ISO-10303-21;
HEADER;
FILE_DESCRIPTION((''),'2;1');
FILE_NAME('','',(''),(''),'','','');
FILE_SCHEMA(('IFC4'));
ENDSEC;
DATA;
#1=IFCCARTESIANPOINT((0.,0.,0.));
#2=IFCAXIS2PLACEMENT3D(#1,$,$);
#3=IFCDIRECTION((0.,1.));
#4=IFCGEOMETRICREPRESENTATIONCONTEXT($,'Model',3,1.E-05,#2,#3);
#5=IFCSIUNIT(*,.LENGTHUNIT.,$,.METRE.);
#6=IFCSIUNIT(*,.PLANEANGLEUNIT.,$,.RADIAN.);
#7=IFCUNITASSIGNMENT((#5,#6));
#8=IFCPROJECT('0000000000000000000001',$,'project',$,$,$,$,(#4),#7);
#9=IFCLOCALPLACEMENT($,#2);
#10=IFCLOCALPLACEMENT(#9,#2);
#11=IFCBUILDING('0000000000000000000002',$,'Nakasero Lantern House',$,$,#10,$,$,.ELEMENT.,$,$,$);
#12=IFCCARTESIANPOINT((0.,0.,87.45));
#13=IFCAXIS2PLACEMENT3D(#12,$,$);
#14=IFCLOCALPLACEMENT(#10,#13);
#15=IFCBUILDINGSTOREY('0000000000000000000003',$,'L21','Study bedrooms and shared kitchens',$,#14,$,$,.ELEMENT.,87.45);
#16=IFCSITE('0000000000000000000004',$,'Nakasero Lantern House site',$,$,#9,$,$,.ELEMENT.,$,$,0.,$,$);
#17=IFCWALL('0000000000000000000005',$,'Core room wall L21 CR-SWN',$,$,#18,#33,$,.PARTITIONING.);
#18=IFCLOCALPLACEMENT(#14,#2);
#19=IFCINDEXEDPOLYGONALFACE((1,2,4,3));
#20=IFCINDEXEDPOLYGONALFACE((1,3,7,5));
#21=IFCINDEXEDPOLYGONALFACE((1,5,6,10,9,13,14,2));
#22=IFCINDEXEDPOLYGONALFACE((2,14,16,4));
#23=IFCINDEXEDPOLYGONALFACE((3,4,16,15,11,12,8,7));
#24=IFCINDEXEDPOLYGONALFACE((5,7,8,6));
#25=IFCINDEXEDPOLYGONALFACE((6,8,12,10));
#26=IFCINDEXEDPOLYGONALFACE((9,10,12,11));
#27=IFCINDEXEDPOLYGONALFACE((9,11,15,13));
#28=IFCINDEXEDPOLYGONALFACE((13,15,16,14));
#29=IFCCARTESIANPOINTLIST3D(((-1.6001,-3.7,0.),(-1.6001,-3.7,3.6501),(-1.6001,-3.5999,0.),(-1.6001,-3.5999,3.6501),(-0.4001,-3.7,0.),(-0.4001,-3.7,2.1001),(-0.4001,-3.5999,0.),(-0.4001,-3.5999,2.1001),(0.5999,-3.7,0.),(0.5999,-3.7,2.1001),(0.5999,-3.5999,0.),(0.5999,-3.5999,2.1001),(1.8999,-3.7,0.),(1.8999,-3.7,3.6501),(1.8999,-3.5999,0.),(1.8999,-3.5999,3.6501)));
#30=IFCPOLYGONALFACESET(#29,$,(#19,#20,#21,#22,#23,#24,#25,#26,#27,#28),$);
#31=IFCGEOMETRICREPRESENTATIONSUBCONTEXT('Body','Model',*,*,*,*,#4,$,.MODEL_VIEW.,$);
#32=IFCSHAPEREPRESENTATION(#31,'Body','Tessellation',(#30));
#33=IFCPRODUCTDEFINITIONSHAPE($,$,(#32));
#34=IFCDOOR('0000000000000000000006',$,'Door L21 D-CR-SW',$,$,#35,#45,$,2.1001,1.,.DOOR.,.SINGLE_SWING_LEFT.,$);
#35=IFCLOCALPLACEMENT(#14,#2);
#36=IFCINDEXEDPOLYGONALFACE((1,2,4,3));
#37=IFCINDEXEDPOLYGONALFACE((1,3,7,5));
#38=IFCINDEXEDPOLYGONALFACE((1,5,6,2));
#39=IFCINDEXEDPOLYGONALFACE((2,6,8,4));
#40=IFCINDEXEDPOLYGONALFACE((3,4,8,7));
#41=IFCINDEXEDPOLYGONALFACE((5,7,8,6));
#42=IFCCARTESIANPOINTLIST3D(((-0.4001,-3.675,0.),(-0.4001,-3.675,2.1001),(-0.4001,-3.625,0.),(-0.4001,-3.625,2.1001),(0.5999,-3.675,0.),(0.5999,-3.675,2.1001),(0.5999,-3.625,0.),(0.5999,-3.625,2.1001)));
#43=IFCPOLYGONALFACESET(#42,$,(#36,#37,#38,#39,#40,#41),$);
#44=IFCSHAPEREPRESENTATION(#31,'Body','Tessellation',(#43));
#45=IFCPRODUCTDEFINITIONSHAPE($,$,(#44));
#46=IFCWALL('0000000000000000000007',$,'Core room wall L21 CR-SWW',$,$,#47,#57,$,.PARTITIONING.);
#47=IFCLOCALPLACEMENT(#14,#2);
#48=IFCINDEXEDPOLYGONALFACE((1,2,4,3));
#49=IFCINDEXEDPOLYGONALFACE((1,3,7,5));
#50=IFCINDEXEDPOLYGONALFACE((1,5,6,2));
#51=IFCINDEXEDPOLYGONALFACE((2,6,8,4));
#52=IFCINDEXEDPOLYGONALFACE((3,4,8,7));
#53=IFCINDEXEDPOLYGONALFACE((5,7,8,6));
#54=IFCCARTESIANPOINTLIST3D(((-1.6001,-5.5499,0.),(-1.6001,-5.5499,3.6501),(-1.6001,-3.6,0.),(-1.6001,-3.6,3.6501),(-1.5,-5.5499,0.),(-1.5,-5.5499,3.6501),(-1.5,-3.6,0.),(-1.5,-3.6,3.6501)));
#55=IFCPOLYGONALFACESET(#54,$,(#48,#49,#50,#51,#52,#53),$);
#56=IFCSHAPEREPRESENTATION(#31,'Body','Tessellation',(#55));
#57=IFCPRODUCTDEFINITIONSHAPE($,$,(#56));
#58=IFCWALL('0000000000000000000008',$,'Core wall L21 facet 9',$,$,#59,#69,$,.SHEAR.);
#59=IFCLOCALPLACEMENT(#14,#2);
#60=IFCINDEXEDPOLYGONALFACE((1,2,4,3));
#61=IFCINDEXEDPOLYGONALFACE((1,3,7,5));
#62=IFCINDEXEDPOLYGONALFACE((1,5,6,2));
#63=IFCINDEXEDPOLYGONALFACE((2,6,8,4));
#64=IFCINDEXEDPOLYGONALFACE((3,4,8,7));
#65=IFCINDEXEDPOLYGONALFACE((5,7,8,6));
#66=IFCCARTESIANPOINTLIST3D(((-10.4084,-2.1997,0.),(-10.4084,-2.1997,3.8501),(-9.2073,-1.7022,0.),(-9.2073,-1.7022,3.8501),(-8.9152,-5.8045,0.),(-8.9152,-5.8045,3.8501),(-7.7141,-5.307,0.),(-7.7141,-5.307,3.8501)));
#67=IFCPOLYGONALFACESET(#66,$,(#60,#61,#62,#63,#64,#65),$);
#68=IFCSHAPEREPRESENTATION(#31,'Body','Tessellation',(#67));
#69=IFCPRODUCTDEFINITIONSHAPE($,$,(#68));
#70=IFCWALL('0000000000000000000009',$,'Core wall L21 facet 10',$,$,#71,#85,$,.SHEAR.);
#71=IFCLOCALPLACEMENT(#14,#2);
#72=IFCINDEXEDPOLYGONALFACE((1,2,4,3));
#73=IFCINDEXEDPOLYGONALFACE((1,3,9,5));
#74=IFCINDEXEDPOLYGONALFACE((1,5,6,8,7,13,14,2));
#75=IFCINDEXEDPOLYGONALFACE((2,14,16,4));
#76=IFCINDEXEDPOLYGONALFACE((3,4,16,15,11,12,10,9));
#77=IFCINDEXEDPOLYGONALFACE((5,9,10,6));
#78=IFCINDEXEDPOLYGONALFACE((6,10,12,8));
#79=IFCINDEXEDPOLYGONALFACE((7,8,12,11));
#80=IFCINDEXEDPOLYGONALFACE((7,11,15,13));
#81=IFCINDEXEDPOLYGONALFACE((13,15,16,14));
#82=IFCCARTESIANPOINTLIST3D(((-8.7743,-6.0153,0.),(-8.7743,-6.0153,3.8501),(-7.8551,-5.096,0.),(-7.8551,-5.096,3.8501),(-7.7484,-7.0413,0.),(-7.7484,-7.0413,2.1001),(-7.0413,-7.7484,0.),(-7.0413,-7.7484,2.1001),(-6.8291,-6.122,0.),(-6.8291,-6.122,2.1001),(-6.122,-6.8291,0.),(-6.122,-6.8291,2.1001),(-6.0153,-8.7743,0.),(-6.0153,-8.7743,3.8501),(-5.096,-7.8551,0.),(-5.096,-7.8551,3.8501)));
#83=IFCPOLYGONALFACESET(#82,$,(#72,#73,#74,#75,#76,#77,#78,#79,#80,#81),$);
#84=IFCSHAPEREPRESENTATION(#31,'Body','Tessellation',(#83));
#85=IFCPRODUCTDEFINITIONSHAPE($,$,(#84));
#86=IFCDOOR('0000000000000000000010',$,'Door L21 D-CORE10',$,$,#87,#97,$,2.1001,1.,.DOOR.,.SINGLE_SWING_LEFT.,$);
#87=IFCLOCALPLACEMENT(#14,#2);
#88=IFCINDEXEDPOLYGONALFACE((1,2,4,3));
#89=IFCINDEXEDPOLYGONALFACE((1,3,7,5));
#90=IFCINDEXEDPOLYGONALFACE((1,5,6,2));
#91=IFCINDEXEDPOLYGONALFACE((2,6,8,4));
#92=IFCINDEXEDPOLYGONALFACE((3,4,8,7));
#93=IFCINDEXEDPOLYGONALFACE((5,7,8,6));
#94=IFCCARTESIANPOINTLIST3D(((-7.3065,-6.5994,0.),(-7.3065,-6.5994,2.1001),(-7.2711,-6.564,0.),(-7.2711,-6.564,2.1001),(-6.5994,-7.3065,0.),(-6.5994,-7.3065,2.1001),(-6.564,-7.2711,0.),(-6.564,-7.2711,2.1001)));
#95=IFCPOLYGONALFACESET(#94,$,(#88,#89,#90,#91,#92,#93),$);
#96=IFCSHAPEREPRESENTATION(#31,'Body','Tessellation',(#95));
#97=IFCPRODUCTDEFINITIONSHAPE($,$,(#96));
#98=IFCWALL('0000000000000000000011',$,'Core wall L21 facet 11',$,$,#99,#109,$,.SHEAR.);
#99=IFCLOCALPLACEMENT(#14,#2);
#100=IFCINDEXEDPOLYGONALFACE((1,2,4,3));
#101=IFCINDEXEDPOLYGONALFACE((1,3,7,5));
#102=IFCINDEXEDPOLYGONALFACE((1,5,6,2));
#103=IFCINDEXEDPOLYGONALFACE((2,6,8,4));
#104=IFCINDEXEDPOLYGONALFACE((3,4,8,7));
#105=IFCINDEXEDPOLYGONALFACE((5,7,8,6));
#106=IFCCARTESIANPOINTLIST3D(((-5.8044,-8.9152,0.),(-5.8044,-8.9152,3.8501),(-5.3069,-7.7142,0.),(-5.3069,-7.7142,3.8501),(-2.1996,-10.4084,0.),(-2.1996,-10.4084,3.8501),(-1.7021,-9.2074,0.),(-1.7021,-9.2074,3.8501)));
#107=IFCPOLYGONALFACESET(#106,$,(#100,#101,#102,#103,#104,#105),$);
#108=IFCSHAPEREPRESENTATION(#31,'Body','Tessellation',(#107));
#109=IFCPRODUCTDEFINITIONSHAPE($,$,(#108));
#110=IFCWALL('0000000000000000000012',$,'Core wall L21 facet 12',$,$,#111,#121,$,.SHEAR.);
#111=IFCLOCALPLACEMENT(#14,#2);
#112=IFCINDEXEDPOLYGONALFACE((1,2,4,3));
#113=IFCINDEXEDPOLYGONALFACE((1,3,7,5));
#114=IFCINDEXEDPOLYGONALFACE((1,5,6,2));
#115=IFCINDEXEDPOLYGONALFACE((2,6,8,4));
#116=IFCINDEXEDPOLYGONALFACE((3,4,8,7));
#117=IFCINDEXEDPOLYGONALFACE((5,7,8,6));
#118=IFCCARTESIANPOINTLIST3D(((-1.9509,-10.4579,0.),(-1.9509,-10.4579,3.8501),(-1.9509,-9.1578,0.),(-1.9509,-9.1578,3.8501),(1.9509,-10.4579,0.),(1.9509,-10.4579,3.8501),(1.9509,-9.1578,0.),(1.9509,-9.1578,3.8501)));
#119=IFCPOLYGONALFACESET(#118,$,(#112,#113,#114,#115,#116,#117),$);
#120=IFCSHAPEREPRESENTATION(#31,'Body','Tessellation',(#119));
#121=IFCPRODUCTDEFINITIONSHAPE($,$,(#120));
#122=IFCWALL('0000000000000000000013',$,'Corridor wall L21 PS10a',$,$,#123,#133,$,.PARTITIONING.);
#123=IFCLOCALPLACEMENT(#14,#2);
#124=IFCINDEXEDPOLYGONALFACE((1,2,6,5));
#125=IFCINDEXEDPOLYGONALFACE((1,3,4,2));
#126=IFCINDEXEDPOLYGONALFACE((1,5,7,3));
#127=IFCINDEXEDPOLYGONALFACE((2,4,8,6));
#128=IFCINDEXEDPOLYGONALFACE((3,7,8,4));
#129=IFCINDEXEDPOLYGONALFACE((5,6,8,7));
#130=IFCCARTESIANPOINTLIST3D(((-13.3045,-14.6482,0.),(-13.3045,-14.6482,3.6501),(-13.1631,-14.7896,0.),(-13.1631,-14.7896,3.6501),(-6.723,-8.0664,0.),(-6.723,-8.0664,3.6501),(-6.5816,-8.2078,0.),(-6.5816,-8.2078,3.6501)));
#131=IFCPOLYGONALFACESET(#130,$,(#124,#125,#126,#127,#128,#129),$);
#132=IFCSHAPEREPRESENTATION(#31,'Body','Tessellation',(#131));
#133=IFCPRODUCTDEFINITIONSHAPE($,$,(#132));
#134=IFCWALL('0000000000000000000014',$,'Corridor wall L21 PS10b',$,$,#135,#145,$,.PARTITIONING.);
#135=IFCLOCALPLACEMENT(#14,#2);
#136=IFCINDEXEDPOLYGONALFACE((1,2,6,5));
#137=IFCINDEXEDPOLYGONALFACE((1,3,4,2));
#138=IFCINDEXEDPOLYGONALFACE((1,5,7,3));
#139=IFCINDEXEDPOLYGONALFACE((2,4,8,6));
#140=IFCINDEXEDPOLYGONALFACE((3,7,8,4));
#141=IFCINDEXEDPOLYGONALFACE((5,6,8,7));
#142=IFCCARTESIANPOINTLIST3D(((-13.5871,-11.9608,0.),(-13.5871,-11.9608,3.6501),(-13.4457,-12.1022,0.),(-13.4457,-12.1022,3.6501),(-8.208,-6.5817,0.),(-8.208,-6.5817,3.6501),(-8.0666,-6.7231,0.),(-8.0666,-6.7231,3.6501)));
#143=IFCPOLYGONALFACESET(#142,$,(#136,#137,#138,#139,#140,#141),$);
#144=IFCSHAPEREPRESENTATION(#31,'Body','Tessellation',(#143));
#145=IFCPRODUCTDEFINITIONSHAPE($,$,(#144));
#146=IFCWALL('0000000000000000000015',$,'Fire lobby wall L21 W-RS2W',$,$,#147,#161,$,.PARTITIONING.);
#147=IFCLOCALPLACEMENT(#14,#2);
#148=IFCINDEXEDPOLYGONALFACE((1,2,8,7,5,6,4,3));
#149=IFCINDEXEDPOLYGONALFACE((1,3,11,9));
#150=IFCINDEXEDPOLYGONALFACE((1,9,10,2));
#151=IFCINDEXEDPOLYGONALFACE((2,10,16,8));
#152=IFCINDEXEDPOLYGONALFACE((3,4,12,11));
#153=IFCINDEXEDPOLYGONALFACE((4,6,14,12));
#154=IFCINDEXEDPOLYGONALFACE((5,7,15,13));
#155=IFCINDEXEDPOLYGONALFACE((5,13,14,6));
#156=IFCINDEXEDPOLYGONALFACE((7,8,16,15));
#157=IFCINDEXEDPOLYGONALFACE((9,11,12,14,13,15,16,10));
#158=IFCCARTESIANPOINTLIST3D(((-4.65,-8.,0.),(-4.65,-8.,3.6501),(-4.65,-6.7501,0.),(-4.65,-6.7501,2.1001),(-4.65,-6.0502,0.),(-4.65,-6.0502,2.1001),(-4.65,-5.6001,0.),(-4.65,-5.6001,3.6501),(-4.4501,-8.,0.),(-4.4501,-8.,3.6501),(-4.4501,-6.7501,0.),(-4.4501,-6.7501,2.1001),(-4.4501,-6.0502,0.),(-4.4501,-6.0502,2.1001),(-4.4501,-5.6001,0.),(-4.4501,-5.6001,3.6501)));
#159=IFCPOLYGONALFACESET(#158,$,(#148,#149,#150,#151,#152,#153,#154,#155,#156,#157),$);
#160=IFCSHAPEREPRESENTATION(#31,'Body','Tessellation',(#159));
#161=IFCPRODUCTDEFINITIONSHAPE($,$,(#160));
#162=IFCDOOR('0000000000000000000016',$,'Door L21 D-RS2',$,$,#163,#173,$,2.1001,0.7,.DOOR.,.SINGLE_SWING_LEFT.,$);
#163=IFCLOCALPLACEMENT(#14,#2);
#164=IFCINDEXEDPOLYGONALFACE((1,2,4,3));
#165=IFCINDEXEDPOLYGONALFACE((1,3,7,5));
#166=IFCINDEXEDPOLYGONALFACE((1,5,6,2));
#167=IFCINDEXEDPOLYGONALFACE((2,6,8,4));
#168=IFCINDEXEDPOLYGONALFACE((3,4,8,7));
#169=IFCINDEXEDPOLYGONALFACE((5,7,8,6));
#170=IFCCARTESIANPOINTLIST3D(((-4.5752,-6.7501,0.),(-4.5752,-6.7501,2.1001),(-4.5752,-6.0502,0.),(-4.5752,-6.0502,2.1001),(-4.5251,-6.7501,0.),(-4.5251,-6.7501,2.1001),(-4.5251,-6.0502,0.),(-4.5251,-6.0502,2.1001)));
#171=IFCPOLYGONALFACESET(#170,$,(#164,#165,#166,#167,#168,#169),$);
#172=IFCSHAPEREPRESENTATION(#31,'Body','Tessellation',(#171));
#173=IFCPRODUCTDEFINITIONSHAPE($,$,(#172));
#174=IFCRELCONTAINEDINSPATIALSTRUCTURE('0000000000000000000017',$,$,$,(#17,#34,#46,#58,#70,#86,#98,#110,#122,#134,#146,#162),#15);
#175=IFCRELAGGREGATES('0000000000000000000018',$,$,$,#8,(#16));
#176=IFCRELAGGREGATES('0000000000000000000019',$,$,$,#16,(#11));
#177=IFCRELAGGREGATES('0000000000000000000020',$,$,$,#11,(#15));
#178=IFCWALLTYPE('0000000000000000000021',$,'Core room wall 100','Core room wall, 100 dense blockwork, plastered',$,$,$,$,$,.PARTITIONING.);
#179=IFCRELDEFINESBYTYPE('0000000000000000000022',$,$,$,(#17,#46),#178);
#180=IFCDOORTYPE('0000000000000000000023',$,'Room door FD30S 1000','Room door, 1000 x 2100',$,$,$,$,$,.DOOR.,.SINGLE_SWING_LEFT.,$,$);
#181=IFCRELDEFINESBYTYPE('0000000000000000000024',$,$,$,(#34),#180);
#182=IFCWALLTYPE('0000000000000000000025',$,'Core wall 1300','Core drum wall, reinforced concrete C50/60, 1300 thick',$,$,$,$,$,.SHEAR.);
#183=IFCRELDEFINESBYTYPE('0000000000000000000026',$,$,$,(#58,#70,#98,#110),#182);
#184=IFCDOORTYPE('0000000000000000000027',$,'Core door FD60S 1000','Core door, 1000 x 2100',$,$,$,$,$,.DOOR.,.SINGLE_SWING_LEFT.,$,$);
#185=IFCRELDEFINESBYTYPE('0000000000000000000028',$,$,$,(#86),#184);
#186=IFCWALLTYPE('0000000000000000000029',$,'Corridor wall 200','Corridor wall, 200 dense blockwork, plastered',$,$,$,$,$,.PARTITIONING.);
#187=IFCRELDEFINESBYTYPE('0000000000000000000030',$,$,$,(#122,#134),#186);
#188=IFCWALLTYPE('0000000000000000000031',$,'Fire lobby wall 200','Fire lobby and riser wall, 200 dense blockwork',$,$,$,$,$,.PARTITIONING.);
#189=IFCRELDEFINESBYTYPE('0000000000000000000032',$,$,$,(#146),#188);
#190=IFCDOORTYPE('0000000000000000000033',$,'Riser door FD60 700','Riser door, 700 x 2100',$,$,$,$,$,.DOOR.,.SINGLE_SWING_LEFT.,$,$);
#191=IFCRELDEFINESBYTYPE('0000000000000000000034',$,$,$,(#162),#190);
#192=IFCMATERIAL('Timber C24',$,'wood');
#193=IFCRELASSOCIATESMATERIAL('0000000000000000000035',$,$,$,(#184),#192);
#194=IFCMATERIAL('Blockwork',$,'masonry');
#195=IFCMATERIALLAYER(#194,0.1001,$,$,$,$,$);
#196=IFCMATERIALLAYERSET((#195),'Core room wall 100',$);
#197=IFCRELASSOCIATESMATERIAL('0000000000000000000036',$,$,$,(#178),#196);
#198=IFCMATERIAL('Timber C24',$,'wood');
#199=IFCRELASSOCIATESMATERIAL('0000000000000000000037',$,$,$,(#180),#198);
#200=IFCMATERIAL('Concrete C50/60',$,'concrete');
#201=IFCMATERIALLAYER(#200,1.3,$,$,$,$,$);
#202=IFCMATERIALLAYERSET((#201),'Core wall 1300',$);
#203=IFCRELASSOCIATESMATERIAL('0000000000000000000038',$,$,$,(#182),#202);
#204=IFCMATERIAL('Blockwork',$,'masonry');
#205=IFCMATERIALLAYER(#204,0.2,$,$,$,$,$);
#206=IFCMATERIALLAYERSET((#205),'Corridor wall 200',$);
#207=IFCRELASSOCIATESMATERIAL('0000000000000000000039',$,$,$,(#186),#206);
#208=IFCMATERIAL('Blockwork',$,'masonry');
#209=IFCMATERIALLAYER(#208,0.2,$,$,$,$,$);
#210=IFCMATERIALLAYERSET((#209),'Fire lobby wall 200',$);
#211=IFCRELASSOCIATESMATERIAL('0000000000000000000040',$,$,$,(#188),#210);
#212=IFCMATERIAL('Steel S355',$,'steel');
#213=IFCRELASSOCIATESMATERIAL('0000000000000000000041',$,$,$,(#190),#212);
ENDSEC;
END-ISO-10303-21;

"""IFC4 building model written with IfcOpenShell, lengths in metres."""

from ifc_helpers import new_model, si_unit, direction, frame, frame_2d, origin, place, context, subcontext, project, spatial, rectangle, extrude, material, layer, layer_set, type_object, element, fill, save


model = new_model("IFC4")

# Units and contexts
model_context = context("Model", 3, precision=1e-05, world=origin(), true_north=direction((0.0, 1.0)))
body_context = subcontext(model_context, "Body", "Model", "MODEL_VIEW")
ifc_project = project(units=[si_unit("LENGTHUNIT", "METRE"), si_unit("PLANEANGLEUNIT", "RADIAN")], contexts=[model_context])

# Site, building, storey
site_placement = place(None, origin())
site = spatial("IfcSite", under=ifc_project, at=site_placement, Name="Nakasero Lantern House site", CompositionType="ELEMENT", RefElevation=0.0)
building_placement = place(site_placement, origin())
building = spatial("IfcBuilding", under=site, at=building_placement, Name="Nakasero Lantern House", CompositionType="ELEMENT")
storey_placement = place(building_placement, frame((0.0, 0.0, 87.45)))
storey = spatial("IfcBuildingStorey", under=building, at=storey_placement, Name="L21", Description="Study bedrooms and shared kitchens", CompositionType="ELEMENT", Elevation=87.45)

# Shared definitions
ifc_material_1 = material(Name="Timber C24", Category="wood")
door_type_1 = type_object("IfcDoorType", Name="Core door FD60S 1000", Description="Core door, 1000 x 2100", OperationType="SINGLE_SWING_LEFT", PredefinedType="DOOR", material=ifc_material_1)

# Wall, opening, door
ifc_material_2 = material(Name="Blockwork", Category="masonry")
ifc_layer_1 = layer(ifc_material_2, 0.1001)
ifc_layer_set_1 = layer_set([ifc_layer_1], Name="Core room wall 100")
wall_type_1 = type_object("IfcWallType", Name="Core room wall 100", Description="Core room wall, 100 dense blockwork, plastered", PredefinedType="PARTITIONING", material=ifc_layer_set_1)
wall_1_placement = place(storey_placement, frame((-1.6001, -3.6499, 0.0), z_axis=(0.0, 0.0, 1.0), x_axis=(1.0, 0.0, 0.0)))
wall_1 = element("IfcWall", 1, at=wall_1_placement, inside=storey, type_object=wall_type_1, Name="Core room wall L21 CR-SWN", PredefinedType="PARTITIONING", context=body_context, shape_type="SweptSolid", body=[
    extrude(rectangle(XDim=3.5, YDim=0.1001, at=frame_2d((1.75, 0.0))), origin(), (0.0, 0.0, 1.0), 3.6501),
])
opening_1_placement = place(wall_1_placement, frame((1.2, 0.0, 0.0)))
opening_1 = element("IfcOpeningElement", 2, at=opening_1_placement, cuts=wall_1, PredefinedType="OPENING", context=body_context, shape_type="SweptSolid", body=[
    extrude(rectangle(XDim=1.0, YDim=2.1001, at=frame_2d((0.5, 1.05))), frame((0.0, 0.0701, 0.0), z_axis=(0.0, -1.0, 0.0), x_axis=(1.0, 0.0, 0.0)), (0.0, 0.0, 1.0), 0.1401),
])
ifc_material_3 = material(Name="Timber C24", Category="wood")
door_type_2 = type_object("IfcDoorType", Name="Room door FD30S 1000", Description="Room door, 1000 x 2100", OperationType="SINGLE_SWING_LEFT", PredefinedType="DOOR", material=ifc_material_3)
door_1_placement = place(opening_1_placement, origin())
door_1 = element("IfcDoor", 3, at=door_1_placement, inside=storey, type_object=door_type_2, Name="Door L21 D-CR-SW", OperationType="SINGLE_SWING_LEFT", OverallHeight=2.1001, OverallWidth=1.0, PredefinedType="DOOR", context=body_context, shape_type="SweptSolid", body=[
    extrude(rectangle(XDim=1.0, YDim=2.1001, at=frame_2d((0.5, 1.05))), frame((0.0, 0.0249, 0.0), z_axis=(0.0, -1.0, 0.0), x_axis=(1.0, 0.0, 0.0)), (0.0, 0.0, 1.0), 0.05),
])
fill(opening_1, door_1)

# Walls
wall_2_placement = place(storey_placement, frame((-1.55, -5.55, 0.0), z_axis=(0.0, 0.0, 1.0), x_axis=(0.0, 1.0, 0.0)))
element("IfcWall", 4, at=wall_2_placement, inside=storey, type_object=wall_type_1, Name="Core room wall L21 CR-SWW", PredefinedType="PARTITIONING", context=body_context, shape_type="SweptSolid", body=[
    extrude(rectangle(XDim=1.95, YDim=0.1001, at=frame_2d((0.9751, 0.0))), origin(), (0.0, 0.0, 1.0), 3.6501),
])
ifc_material_4 = material(Name="Concrete C50/60", Category="concrete")
ifc_layer_2 = layer(ifc_material_4, 1.3)
ifc_layer_set_2 = layer_set([ifc_layer_2], Name="Core wall 1300")
wall_type_2 = type_object("IfcWallType", Name="Core wall 1300", Description="Core drum wall, reinforced concrete C50/60, 1300 thick", PredefinedType="SHEAR", material=ifc_layer_set_2)
wall_3_placement = place(storey_placement, frame((-9.8079, -1.9509, 0.0), z_axis=(0.0, 0.0, 1.0), x_axis=(0.382691, -0.923877, 0.0)))
element("IfcWall", 5, at=wall_3_placement, inside=storey, type_object=wall_type_2, Name="Core wall L21 facet 9", PredefinedType="SHEAR", context=body_context, shape_type="SweptSolid", body=[
    extrude(rectangle(XDim=3.9019, YDim=1.3, at=frame_2d((1.9509, 0.0))), origin(), (0.0, 0.0, 1.0), 3.8501),
])

# Wall, opening, door
wall_4_placement = place(storey_placement, frame((-8.3147, -5.5557, 0.0), z_axis=(0.0, 0.0, 1.0), x_axis=(0.707107, -0.707107, 0.0)))
wall_4 = element("IfcWall", 6, at=wall_4_placement, inside=storey, type_object=wall_type_2, Name="Core wall L21 facet 10", PredefinedType="SHEAR", context=body_context, shape_type="SweptSolid", body=[
    extrude(rectangle(XDim=3.9019, YDim=1.3, at=frame_2d((1.9509, 0.0))), origin(), (0.0, 0.0, 1.0), 3.8501),
])
opening_2_placement = place(wall_4_placement, frame((1.4509, 0.0, 0.0)))
opening_2 = element("IfcOpeningElement", 7, at=opening_2_placement, cuts=wall_4, PredefinedType="OPENING", context=body_context, shape_type="SweptSolid", body=[
    extrude(rectangle(XDim=1.0, YDim=2.1001, at=frame_2d((0.5, 1.05))), frame((0.0, 0.6699, 0.0), z_axis=(0.0, -1.0, 0.0), x_axis=(1.0, 0.0, 0.0)), (0.0, 0.0, 1.0), 1.3401),
])
door_2_placement = place(opening_2_placement, origin())
door_2 = element("IfcDoor", 8, at=door_2_placement, inside=storey, type_object=door_type_1, Name="Door L21 D-CORE10", OperationType="SINGLE_SWING_LEFT", OverallHeight=2.1001, OverallWidth=1.0, PredefinedType="DOOR", context=body_context, shape_type="SweptSolid", body=[
    extrude(rectangle(XDim=1.0, YDim=2.1001, at=frame_2d((0.5, 1.05))), frame((0.0, 0.0249, 0.0), z_axis=(0.0, -1.0, 0.0), x_axis=(1.0, 0.0, 0.0)), (0.0, 0.0, 1.0), 0.05),
])
fill(opening_2, door_2)

# Walls
for number, where, z_axis, x_axis, name in (
    (9, (-5.5557, -8.3147, 0.0), (0.0, 0.0, 1.0), (0.923877, -0.382691, 0.0), "Core wall L21 facet 11"),
    (10, (-1.9509, -9.8079, 0.0), (0.0, 0.0, 1.0), (1.0, 0.0, 0.0), "Core wall L21 facet 12"),
):
    element("IfcWall", number, at=place(storey_placement, frame(where, z_axis=z_axis, x_axis=x_axis)), inside=storey, type_object=wall_type_2, Name=name, PredefinedType="SHEAR", context=body_context, shape_type="SweptSolid", body=[
        extrude(rectangle(XDim=3.9019, YDim=1.3, at=frame_2d((1.9509, 0.0))), origin(), (0.0, 0.0, 1.0), 3.8501),
    ])
ifc_material_5 = material(Name="Blockwork", Category="masonry")
ifc_layer_3 = layer(ifc_material_5, 0.2)
ifc_layer_set_3 = layer_set([ifc_layer_3], Name="Corridor wall 200")
wall_type_3 = type_object("IfcWallType", Name="Corridor wall 200", Description="Corridor wall, 200 dense blockwork, plastered", PredefinedType="PARTITIONING", material=ifc_layer_set_3)
wall_5_placement = place(storey_placement, frame((-6.6523, -8.1372, 0.0), z_axis=(0.0, 0.0, 1.0), x_axis=(-0.707094, -0.70712, 0.0)))
element("IfcWall", 11, at=wall_5_placement, inside=storey, type_object=wall_type_3, Name="Corridor wall L21 PS10a", PredefinedType="PARTITIONING", context=body_context, shape_type="SweptSolid", body=[
    extrude(rectangle(XDim=9.3079, YDim=0.2, at=frame_2d((4.6538, 0.0))), origin(), (0.0, 0.0, 1.0), 3.6501),
])
wall_6_placement = place(storey_placement, frame((-8.1372, -6.6523, 0.0), z_axis=(0.0, 0.0, 1.0), x_axis=(-0.707107, -0.707107, 0.0)))
element("IfcWall", 12, at=wall_6_placement, inside=storey, type_object=wall_type_3, Name="Corridor wall L21 PS10b", PredefinedType="PARTITIONING", context=body_context, shape_type="SweptSolid", body=[
    extrude(rectangle(XDim=7.6072, YDim=0.2, at=frame_2d((3.8037, 0.0))), origin(), (0.0, 0.0, 1.0), 3.6501),
])

# Wall, opening, door
ifc_material_6 = material(Name="Blockwork", Category="masonry")
ifc_layer_4 = layer(ifc_material_6, 0.2)
ifc_layer_set_4 = layer_set([ifc_layer_4], Name="Fire lobby wall 200")
wall_type_4 = type_object("IfcWallType", Name="Fire lobby wall 200", Description="Fire lobby and riser wall, 200 dense blockwork", PredefinedType="PARTITIONING", material=ifc_layer_set_4)
wall_7_placement = place(storey_placement, frame((-4.55, -5.6001, 0.0), z_axis=(0.0, 0.0, 1.0), x_axis=(0.0, -1.0, 0.0)))
wall_7 = element("IfcWall", 13, at=wall_7_placement, inside=storey, type_object=wall_type_4, Name="Fire lobby wall L21 W-RS2W", PredefinedType="PARTITIONING", context=body_context, shape_type="SweptSolid", body=[
    extrude(rectangle(XDim=2.3999, YDim=0.2, at=frame_2d((1.2, 0.0))), origin(), (0.0, 0.0, 1.0), 3.6501),
])
opening_3_placement = place(wall_7_placement, frame((0.45, 0.0, 0.0)))
opening_3 = element("IfcOpeningElement", 14, at=opening_3_placement, cuts=wall_7, PredefinedType="OPENING", context=body_context, shape_type="SweptSolid", body=[
    extrude(rectangle(XDim=0.7, YDim=2.1001, at=frame_2d((0.3501, 1.05))), frame((0.0, 0.1199, 0.0), z_axis=(0.0, -1.0, 0.0), x_axis=(1.0, 0.0, 0.0)), (0.0, 0.0, 1.0), 0.24),
])
ifc_material_7 = material(Name="Steel S355", Category="steel")
door_type_3 = type_object("IfcDoorType", Name="Riser door FD60 700", Description="Riser door, 700 x 2100", OperationType="SINGLE_SWING_LEFT", PredefinedType="DOOR", material=ifc_material_7)
door_3_placement = place(opening_3_placement, origin())
door_3 = element("IfcDoor", 15, at=door_3_placement, inside=storey, type_object=door_type_3, Name="Door L21 D-RS2", OperationType="SINGLE_SWING_LEFT", OverallHeight=2.1001, OverallWidth=0.7, PredefinedType="DOOR", context=body_context, shape_type="SweptSolid", body=[
    extrude(rectangle(XDim=0.7, YDim=2.1001, at=frame_2d((0.3501, 1.05))), frame((0.0, 0.0249, 0.0), z_axis=(0.0, -1.0, 0.0), x_axis=(1.0, 0.0, 0.0)), (0.0, 0.0, 1.0), 0.05),
])
fill(opening_3, door_3)

save(model, "model.ifc")
